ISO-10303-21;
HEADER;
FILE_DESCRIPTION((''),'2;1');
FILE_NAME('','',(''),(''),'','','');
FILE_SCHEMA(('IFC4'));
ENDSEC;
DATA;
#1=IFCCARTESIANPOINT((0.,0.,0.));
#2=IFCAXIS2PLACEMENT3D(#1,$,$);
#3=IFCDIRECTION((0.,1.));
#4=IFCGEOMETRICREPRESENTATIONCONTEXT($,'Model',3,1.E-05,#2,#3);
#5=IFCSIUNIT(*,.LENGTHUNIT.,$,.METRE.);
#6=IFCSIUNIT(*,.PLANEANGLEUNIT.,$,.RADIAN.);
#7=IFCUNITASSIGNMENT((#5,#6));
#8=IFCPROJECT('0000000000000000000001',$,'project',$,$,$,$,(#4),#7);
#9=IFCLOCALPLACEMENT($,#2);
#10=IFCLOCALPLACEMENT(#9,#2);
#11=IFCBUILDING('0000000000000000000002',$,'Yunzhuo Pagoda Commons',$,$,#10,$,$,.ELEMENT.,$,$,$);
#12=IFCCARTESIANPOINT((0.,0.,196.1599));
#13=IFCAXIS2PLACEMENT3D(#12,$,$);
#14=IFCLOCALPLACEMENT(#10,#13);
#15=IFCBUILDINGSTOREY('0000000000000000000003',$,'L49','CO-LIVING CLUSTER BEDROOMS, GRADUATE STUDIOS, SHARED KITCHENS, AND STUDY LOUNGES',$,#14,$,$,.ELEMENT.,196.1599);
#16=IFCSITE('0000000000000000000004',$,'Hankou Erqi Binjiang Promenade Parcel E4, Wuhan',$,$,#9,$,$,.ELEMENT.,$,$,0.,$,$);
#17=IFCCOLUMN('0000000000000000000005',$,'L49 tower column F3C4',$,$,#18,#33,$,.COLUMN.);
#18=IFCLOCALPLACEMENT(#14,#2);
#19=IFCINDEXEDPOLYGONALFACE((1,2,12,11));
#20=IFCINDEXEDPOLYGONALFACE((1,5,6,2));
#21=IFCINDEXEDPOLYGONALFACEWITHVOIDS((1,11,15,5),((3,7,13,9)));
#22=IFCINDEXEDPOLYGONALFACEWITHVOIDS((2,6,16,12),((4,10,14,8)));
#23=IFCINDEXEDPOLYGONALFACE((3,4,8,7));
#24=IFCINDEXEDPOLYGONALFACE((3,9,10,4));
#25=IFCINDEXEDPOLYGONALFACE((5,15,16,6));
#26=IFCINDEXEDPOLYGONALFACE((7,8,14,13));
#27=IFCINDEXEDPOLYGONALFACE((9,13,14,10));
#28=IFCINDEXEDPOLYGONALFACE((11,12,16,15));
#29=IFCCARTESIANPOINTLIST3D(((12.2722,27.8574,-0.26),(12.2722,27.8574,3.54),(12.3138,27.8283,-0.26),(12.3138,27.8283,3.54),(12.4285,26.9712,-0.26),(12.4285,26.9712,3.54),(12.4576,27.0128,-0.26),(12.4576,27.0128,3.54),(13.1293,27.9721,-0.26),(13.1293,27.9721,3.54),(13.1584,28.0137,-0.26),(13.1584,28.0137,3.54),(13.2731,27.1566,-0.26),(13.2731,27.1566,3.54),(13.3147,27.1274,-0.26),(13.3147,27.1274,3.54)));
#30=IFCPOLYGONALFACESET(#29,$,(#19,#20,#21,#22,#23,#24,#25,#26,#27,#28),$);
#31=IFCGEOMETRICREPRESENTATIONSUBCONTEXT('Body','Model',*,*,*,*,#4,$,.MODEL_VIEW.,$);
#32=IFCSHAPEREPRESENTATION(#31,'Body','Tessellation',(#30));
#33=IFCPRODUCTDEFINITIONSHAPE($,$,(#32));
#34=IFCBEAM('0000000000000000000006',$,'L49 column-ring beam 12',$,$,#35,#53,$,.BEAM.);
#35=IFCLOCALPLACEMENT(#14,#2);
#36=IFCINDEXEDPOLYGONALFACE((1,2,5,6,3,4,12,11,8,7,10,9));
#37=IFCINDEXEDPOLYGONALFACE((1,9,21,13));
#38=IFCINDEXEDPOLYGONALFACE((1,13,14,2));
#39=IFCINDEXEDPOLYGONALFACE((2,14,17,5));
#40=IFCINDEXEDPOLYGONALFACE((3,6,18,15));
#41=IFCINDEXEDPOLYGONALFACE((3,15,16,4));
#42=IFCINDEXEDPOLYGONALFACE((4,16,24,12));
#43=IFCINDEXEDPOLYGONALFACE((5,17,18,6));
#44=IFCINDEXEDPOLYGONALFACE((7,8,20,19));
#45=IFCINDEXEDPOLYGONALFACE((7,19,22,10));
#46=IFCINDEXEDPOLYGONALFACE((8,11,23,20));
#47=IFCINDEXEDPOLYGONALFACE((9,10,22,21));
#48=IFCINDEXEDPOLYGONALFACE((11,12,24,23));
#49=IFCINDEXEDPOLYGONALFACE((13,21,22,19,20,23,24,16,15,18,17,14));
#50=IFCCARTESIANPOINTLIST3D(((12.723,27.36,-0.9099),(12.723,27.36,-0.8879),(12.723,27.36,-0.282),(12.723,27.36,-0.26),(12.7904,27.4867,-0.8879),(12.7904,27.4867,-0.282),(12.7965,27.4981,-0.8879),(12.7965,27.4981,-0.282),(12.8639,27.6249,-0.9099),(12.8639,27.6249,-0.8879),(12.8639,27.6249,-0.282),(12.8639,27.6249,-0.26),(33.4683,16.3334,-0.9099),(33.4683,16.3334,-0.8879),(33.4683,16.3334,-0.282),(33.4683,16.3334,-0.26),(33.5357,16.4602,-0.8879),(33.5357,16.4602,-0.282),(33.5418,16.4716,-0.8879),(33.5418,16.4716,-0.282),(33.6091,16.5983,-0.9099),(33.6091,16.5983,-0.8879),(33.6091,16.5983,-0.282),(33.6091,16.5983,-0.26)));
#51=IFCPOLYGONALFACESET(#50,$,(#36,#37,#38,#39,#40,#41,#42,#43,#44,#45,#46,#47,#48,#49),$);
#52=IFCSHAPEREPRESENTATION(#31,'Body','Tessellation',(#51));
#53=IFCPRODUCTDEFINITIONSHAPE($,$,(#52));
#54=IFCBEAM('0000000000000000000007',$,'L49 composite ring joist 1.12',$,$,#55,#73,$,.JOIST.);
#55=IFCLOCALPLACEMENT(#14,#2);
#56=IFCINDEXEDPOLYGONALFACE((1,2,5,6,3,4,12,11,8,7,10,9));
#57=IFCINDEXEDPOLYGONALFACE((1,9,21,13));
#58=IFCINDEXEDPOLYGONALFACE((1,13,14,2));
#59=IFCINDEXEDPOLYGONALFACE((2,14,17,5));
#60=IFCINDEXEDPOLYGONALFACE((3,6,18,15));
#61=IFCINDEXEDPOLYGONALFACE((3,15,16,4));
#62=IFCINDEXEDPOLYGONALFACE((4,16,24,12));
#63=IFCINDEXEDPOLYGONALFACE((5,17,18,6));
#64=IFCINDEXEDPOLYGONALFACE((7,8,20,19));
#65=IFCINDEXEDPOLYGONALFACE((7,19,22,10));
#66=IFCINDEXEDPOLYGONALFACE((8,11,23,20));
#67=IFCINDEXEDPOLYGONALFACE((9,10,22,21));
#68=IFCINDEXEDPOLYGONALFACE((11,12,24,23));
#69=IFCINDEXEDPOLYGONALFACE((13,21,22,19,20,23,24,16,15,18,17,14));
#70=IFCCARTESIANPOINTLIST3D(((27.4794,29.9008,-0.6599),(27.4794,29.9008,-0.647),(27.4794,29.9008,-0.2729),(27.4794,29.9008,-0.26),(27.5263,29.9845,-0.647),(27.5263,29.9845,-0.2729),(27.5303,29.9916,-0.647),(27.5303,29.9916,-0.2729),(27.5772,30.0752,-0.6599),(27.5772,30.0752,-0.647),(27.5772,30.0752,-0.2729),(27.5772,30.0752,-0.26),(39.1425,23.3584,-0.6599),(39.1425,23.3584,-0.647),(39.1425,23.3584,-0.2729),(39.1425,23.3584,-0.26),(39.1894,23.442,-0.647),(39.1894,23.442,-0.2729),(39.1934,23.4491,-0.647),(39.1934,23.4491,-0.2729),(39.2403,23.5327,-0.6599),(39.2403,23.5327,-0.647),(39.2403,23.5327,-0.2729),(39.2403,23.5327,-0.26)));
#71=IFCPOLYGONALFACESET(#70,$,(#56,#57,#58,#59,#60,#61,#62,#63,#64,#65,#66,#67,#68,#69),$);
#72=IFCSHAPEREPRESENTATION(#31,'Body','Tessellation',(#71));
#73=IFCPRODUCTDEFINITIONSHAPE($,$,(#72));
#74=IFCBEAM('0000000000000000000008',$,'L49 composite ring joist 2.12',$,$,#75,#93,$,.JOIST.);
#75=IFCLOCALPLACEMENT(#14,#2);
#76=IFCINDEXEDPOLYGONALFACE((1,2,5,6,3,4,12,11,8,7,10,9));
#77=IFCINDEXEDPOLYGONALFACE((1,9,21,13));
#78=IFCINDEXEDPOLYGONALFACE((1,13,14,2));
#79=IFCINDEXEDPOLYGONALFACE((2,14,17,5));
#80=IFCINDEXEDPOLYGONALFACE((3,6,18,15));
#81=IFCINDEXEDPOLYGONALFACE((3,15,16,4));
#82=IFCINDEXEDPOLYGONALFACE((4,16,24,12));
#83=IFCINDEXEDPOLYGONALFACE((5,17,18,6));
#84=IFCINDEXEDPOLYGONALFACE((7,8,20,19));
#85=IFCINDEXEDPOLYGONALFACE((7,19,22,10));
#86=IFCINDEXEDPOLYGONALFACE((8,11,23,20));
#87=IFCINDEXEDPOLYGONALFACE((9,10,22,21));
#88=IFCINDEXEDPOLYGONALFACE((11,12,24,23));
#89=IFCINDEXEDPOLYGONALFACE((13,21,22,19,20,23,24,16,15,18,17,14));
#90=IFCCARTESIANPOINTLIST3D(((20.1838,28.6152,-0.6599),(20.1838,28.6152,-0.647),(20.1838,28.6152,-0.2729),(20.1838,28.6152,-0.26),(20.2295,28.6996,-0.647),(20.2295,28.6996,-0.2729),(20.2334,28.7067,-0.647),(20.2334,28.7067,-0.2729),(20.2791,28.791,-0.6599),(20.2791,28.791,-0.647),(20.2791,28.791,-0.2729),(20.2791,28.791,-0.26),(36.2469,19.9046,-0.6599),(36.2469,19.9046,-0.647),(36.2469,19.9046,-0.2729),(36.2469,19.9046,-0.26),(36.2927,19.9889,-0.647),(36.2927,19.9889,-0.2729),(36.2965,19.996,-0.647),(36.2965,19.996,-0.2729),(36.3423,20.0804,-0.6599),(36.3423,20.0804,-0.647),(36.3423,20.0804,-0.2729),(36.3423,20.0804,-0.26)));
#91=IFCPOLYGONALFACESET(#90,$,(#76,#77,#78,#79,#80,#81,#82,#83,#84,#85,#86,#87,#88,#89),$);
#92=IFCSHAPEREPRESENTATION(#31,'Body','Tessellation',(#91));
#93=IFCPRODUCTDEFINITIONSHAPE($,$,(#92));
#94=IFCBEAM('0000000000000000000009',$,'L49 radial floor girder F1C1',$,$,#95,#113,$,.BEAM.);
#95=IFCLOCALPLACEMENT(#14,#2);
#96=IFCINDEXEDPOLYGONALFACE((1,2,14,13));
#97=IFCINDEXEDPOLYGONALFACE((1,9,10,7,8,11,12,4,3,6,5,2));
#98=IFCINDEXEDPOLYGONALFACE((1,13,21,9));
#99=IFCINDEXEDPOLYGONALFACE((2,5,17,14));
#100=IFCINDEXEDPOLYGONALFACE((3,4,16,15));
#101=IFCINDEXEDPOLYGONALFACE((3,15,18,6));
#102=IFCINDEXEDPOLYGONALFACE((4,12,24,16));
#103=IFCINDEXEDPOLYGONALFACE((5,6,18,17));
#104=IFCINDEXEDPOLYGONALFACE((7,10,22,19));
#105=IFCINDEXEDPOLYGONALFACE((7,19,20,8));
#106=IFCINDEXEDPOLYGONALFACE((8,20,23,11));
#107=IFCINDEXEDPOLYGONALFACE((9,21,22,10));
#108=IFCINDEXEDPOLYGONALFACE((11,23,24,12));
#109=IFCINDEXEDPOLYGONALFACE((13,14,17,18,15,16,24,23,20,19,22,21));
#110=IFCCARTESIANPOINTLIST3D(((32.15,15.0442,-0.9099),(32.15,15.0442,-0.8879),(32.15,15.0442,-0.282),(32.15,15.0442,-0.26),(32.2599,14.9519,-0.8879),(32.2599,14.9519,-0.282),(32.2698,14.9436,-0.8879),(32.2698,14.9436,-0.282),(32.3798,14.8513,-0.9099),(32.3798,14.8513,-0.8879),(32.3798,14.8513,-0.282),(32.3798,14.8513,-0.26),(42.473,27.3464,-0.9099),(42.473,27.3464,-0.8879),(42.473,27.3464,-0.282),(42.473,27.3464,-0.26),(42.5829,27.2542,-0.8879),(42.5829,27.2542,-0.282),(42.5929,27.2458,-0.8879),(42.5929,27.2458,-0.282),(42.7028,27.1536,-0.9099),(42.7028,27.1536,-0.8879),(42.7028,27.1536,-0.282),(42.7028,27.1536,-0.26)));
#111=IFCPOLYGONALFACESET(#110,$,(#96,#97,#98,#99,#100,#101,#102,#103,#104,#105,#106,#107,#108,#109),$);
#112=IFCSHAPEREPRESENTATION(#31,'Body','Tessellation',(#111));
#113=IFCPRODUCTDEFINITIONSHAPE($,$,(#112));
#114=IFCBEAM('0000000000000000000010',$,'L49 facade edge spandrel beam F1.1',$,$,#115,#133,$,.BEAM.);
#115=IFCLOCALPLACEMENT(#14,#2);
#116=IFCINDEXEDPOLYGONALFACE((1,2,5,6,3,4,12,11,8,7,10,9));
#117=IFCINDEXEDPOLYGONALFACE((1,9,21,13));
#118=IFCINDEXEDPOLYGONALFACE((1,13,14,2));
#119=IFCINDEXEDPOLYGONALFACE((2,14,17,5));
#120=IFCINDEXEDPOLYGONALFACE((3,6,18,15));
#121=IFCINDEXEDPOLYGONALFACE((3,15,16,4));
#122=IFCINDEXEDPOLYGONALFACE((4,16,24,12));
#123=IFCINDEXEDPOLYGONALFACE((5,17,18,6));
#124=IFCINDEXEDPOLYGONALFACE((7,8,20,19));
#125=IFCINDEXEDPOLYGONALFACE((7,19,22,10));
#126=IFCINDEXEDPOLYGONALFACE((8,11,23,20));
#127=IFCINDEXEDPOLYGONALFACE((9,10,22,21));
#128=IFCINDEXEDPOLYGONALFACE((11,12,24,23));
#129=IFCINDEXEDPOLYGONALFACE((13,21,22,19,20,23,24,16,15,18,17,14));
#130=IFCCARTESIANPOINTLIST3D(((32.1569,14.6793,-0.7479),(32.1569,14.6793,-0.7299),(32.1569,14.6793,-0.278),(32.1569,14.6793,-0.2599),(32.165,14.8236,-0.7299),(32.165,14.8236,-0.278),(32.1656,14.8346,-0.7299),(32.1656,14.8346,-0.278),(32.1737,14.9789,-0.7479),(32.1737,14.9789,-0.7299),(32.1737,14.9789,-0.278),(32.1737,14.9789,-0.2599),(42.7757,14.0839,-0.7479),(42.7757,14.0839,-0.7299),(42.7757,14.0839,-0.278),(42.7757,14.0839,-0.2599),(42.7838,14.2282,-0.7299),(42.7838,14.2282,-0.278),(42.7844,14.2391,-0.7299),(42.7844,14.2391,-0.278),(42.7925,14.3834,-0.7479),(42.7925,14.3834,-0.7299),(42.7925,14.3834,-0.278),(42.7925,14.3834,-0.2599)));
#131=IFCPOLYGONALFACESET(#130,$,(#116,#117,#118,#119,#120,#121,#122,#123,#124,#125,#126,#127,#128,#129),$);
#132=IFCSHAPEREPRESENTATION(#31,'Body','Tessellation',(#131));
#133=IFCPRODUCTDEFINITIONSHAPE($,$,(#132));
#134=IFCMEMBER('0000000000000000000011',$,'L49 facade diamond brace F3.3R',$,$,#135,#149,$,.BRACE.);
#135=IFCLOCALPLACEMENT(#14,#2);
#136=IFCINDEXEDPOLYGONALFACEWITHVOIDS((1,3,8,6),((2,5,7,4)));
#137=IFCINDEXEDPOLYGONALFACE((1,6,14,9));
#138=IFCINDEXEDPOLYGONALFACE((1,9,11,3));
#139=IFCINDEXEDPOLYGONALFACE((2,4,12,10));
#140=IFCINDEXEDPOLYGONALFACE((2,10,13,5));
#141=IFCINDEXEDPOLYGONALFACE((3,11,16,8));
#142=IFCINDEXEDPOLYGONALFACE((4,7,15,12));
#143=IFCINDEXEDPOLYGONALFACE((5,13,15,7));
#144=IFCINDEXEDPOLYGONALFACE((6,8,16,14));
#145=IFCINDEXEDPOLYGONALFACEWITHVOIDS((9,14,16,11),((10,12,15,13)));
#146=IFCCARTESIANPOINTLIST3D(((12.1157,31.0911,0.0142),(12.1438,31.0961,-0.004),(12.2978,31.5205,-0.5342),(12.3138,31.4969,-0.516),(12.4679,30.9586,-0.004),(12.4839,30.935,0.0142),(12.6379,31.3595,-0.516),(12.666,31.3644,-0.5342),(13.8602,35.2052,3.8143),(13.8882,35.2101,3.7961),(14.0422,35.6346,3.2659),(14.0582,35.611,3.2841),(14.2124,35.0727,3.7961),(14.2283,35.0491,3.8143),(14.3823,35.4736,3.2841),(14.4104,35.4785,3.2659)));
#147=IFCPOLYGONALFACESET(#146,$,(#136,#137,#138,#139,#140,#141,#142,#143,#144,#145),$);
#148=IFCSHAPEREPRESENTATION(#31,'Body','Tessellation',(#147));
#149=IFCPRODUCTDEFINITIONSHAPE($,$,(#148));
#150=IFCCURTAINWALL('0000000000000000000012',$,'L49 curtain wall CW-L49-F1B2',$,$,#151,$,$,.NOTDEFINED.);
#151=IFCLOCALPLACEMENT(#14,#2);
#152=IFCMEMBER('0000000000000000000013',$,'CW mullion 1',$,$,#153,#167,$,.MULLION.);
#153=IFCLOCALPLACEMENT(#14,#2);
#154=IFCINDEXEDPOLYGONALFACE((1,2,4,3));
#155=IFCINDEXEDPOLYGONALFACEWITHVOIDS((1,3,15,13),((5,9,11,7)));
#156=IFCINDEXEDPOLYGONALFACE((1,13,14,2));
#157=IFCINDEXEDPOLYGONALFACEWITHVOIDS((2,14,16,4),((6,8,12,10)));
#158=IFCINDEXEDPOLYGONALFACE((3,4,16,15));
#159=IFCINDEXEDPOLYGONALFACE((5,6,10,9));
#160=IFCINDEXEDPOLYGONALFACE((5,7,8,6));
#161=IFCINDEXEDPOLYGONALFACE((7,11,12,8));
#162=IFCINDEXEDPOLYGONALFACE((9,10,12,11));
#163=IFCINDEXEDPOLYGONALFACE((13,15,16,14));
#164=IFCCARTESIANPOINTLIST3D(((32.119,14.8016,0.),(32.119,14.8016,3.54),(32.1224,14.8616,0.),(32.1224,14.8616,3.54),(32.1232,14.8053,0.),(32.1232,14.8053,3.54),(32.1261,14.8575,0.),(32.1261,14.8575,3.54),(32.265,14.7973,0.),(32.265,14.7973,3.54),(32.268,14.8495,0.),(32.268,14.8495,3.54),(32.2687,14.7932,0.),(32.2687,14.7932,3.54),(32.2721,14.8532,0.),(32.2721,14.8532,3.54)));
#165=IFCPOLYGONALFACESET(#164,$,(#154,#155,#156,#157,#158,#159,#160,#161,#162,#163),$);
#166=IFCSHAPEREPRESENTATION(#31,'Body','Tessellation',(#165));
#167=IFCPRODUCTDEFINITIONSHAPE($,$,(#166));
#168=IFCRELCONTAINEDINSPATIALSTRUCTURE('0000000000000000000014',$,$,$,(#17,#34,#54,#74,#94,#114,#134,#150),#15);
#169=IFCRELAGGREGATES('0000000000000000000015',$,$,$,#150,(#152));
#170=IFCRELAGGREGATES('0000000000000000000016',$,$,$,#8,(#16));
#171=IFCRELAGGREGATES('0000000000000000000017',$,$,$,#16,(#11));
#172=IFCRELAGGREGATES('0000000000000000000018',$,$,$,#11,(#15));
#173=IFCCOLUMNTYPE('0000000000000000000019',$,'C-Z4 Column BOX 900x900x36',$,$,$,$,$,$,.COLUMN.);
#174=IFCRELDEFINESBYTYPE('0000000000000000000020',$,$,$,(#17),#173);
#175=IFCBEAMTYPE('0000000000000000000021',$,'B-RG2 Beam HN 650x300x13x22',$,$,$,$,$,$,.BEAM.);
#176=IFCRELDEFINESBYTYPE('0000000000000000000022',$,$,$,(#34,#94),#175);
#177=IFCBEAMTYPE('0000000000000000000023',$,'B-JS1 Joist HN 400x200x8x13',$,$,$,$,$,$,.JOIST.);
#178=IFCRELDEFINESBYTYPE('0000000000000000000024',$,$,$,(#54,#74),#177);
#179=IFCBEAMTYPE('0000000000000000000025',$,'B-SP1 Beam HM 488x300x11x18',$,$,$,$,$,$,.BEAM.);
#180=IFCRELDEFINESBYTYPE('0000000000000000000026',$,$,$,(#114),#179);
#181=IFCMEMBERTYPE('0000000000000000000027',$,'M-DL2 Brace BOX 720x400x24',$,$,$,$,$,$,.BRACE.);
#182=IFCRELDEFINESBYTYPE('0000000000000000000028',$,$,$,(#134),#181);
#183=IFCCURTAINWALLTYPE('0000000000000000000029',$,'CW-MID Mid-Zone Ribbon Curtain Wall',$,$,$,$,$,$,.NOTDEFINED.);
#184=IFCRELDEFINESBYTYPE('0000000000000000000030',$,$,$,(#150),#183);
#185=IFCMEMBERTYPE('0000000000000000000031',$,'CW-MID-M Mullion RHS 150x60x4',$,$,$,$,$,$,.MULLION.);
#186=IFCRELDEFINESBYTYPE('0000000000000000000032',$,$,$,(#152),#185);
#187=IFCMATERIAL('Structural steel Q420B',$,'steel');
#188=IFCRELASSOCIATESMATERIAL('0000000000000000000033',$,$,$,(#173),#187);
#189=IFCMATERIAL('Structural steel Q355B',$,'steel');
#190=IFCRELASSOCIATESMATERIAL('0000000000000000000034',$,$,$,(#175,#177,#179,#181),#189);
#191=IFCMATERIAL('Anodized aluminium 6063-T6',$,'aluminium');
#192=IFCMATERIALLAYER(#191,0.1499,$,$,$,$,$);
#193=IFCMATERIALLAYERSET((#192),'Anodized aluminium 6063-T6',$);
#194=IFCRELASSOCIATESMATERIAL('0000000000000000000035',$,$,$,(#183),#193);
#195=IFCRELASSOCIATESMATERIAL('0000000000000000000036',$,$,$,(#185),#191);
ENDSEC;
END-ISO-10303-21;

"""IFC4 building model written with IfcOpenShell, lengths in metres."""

from ifc_helpers import new_model, si_unit, direction, frame, origin, origin_2d, place, context, subcontext, project, spatial, hollow_rectangle, i_section, extrude, source, transform, mapped, material, layer, layer_set, material_profile, profile_set, type_object, element, aggregate, save


model = new_model("IFC4")

# Units and contexts
model_context = context("Model", 3, precision=1e-05, world=origin(), true_north=direction((0.0, 1.0)))
body_context = subcontext(model_context, "Body", "Model", "MODEL_VIEW")
ifc_project = project(units=[si_unit("LENGTHUNIT", "METRE"), si_unit("PLANEANGLEUNIT", "RADIAN")], contexts=[model_context])

# Site, building, storey
site_placement = place(None, origin())
site = spatial("IfcSite", under=ifc_project, at=site_placement, Name="Hankou Erqi Binjiang Promenade Parcel E4, Wuhan", CompositionType="ELEMENT", RefElevation=0.0)
building_placement = place(site_placement, origin())
building = spatial("IfcBuilding", under=site, at=building_placement, Name="Yunzhuo Pagoda Commons", CompositionType="ELEMENT")
storey_placement = place(building_placement, frame((0.0, 0.0, 196.1599)))
storey = spatial("IfcBuildingStorey", under=building, at=storey_placement, Name="L49", Description="CO-LIVING CLUSTER BEDROOMS, GRADUATE STUDIOS, SHARED KITCHENS, AND STUDY LOUNGES", CompositionType="ELEMENT", Elevation=196.1599)

# Column
ifc_material_1 = material(Name="Structural steel Q420B", Category="steel")
ifc_material_profile_1 = material_profile(ifc_material_1, hollow_rectangle(XDim=0.8999, YDim=0.8999, WallThickness=0.0359, at=origin_2d()), Name="Structural steel Q420B")
ifc_profile_set_1 = profile_set([ifc_material_profile_1], Name="Structural steel Q420B")
column_type = type_object("IfcColumnType", Name="C-Z4 Column BOX 900x900x36", PredefinedType="COLUMN", material=ifc_profile_set_1)
shared_shape_1 = source(origin(), body_context, "Body", "SweptSolid", [
    extrude(hollow_rectangle(XDim=0.8999, YDim=0.8999, WallThickness=0.0359, at=origin_2d()), origin(), (0.0, 0.0, 1.0), 3.8),
])
column_placement = place(storey_placement, frame((12.7935, 27.4924, -0.26), z_axis=(0.0, 0.0, 1.0), x_axis=(0.173648, -0.984808, 0.0)))
element("IfcColumn", 1, at=column_placement, inside=storey, type_object=column_type, Name="L49 tower column F3C4", PredefinedType="COLUMN", context=body_context, shape_type="MappedRepresentation", body=[
    mapped(shared_shape_1, transform((0.0, 0.0, 0.0), scale=1.0)),
])

# Beams
ifc_material_2 = material(Name="Structural steel Q355B", Category="steel")
ifc_material_profile_2 = material_profile(ifc_material_2, i_section(OverallWidth=0.3, OverallDepth=0.6499, WebThickness=0.0129, FlangeThickness=0.022, at=origin_2d()), Name="Structural steel Q355B")
ifc_profile_set_2 = profile_set([ifc_material_profile_2], Name="Structural steel Q355B")
beam_type_1 = type_object("IfcBeamType", Name="B-RG2 Beam HN 650x300x13x22", PredefinedType="BEAM", material=ifc_profile_set_2)
shared_shape_2 = source(origin(), body_context, "Body", "SweptSolid", [
    extrude(i_section(OverallWidth=0.3, OverallDepth=0.6499, WebThickness=0.0129, FlangeThickness=0.022, at=origin_2d()), origin(), (0.0, 0.0, 1.0), 23.4937),
])
beam_1_placement = place(storey_placement, frame((12.7935, 27.4924, -0.585), z_axis=(0.883016, -0.469342, 0.0), x_axis=(0.469342, 0.883016, 0.0)))
element("IfcBeam", 2, at=beam_1_placement, inside=storey, type_object=beam_type_1, Name="L49 column-ring beam 12", PredefinedType="BEAM", context=body_context, shape_type="MappedRepresentation", body=[
    mapped(shared_shape_2, transform((0.0, 0.0, 0.0), scale=1.0)),
])
ifc_material_profile_3 = material_profile(ifc_material_2, i_section(OverallWidth=0.2, OverallDepth=0.3999, WebThickness=0.0081, FlangeThickness=0.0129, at=origin_2d()), Name="Structural steel Q355B")
ifc_profile_set_3 = profile_set([ifc_material_profile_3], Name="Structural steel Q355B")
beam_type_2 = type_object("IfcBeamType", Name="B-JS1 Joist HN 400x200x8x13", PredefinedType="JOIST", material=ifc_profile_set_3)
shared_shape_3 = source(origin(), body_context, "Body", "SweptSolid", [
    extrude(i_section(OverallWidth=0.2, OverallDepth=0.3999, WebThickness=0.0081, FlangeThickness=0.0129, at=origin_2d()), origin(), (0.0, 0.0, 1.0), 13.3728),
])
beam_2_placement = place(storey_placement, frame((27.5283, 29.988, -0.46), z_axis=(0.87215, -0.489238, 0.0), x_axis=(0.489238, 0.87215, 0.0)))
element("IfcBeam", 3, at=beam_2_placement, inside=storey, type_object=beam_type_2, Name="L49 composite ring joist 1.12", PredefinedType="JOIST", context=body_context, shape_type="MappedRepresentation", body=[
    mapped(shared_shape_3, transform((0.0, 0.0, 0.0), scale=1.0)),
])
shared_shape_4 = source(origin(), body_context, "Body", "SweptSolid", [
    extrude(i_section(OverallWidth=0.2, OverallDepth=0.3999, WebThickness=0.0081, FlangeThickness=0.0129, at=origin_2d()), origin(), (0.0, 0.0, 1.0), 18.2729),
])
beam_3_placement = place(storey_placement, frame((20.2314, 28.7031, -0.46), z_axis=(0.879068, -0.476697, 0.0), x_axis=(0.476697, 0.879068, 0.0)))
element("IfcBeam", 4, at=beam_3_placement, inside=storey, type_object=beam_type_2, Name="L49 composite ring joist 2.12", PredefinedType="JOIST", context=body_context, shape_type="MappedRepresentation", body=[
    mapped(shared_shape_4, transform((0.0, 0.0, 0.0), scale=1.0)),
])
shared_shape_5 = source(origin(), body_context, "Body", "SweptSolid", [
    extrude(i_section(OverallWidth=0.3, OverallDepth=0.6499, WebThickness=0.0129, FlangeThickness=0.022, at=origin_2d()), origin(), (0.0, 0.0, 1.0), 16.0596),
])
beam_4_placement = place(storey_placement, frame((32.2649, 14.9478, -0.585), z_axis=(0.642794, 0.766039, 0.0), x_axis=(-0.766039, 0.642794, 0.0)))
element("IfcBeam", 5, at=beam_4_placement, inside=storey, type_object=beam_type_1, Name="L49 radial floor girder F1C1", PredefinedType="BEAM", context=body_context, shape_type="MappedRepresentation", body=[
    mapped(shared_shape_5, transform((0.0, 0.0, 0.0), scale=1.0)),
])
ifc_material_profile_4 = material_profile(ifc_material_2, i_section(OverallWidth=0.3, OverallDepth=0.488, WebThickness=0.011, FlangeThickness=0.0181, at=origin_2d()), Name="Structural steel Q355B")
ifc_profile_set_4 = profile_set([ifc_material_profile_4], Name="Structural steel Q355B")
beam_type_3 = type_object("IfcBeamType", Name="B-SP1 Beam HM 488x300x11x18", PredefinedType="BEAM", material=ifc_profile_set_4)
shared_shape_6 = source(origin(), body_context, "Body", "SweptSolid", [
    extrude(i_section(OverallWidth=0.3, OverallDepth=0.488, WebThickness=0.011, FlangeThickness=0.0181, at=origin_2d()), origin(), (0.0, 0.0, 1.0), 10.6355),
])
beam_5_placement = place(storey_placement, frame((32.1653, 14.8291, -0.5039), z_axis=(0.998431, -0.055987, 0.0), x_axis=(0.055987, 0.998431, 0.0)))
element("IfcBeam", 6, at=beam_5_placement, inside=storey, type_object=beam_type_3, Name="L49 facade edge spandrel beam F1.1", PredefinedType="BEAM", context=body_context, shape_type="MappedRepresentation", body=[
    mapped(shared_shape_6, transform((0.0, 0.0, 0.0), scale=1.0)),
])

# Member
ifc_material_profile_5 = material_profile(ifc_material_2, hollow_rectangle(XDim=0.3999, YDim=0.72, WallThickness=0.0239, at=origin_2d()), Name="Structural steel Q355B")
ifc_profile_set_5 = profile_set([ifc_material_profile_5], Name="Structural steel Q355B")
member_type_1 = type_object("IfcMemberType", Name="M-DL2 Brace BOX 720x400x24", PredefinedType="BRACE", material=ifc_profile_set_5)
shared_shape_7 = source(origin(), body_context, "Body", "SweptSolid", [
    extrude(hollow_rectangle(XDim=0.3999, YDim=0.72, WallThickness=0.0239, at=origin_2d()), origin(), (0.0, 0.0, 1.0), 5.866),
])
member_1_placement = place(storey_placement, frame((12.3909, 31.2278, -0.26), z_axis=(0.297379, 0.701348, 0.647824), x_axis=(-0.920659, 0.390369, 0.0)))
element("IfcMember", 7, at=member_1_placement, inside=storey, type_object=member_type_1, Name="L49 facade diamond brace F3.3R", PredefinedType="BRACE", context=body_context, shape_type="MappedRepresentation", body=[
    mapped(shared_shape_7, transform((0.0, 0.0, 0.0), scale=1.0)),
])

# Curtain wall, member
ifc_material_3 = material(Name="Anodized aluminium 6063-T6", Category="aluminium")
ifc_layer_1 = layer(ifc_material_3, 0.1499)
ifc_layer_set_1 = layer_set([ifc_layer_1], Name="Anodized aluminium 6063-T6")
curtain_wall_type = type_object("IfcCurtainWallType", Name="CW-MID Mid-Zone Ribbon Curtain Wall", PredefinedType="NOTDEFINED", material=ifc_layer_set_1)
curtain_wall_1_placement = place(storey_placement, origin())
curtain_wall_1 = element("IfcCurtainWall", 8, at=curtain_wall_1_placement, inside=storey, type_object=curtain_wall_type, Name="L49 curtain wall CW-L49-F1B2", PredefinedType="NOTDEFINED")
ifc_material_profile_6 = material_profile(ifc_material_3, hollow_rectangle(XDim=0.0601, YDim=0.1499, WallThickness=0.0039, at=origin_2d()), Name="Anodized aluminium 6063-T6")
ifc_profile_set_6 = profile_set([ifc_material_profile_6], Name="Anodized aluminium 6063-T6")
member_type_2 = type_object("IfcMemberType", Name="CW-MID-M Mullion RHS 150x60x4", PredefinedType="MULLION", material=ifc_profile_set_6)
shared_shape_8 = source(origin(), body_context, "Body", "SweptSolid", [
    extrude(hollow_rectangle(XDim=0.0601, YDim=0.1499, WallThickness=0.0039, at=origin_2d()), origin(), (0.0, 0.0, 1.0), 3.54),
])
member_2_placement = place(storey_placement, frame((32.1956, 14.8274, 0.0), z_axis=(0.0, 0.0, 1.0), x_axis=(0.055983, 0.998432, 0.0)))
member_2 = element("IfcMember", 9, at=member_2_placement, type_object=member_type_2, Name="CW mullion 1", PredefinedType="MULLION", context=body_context, shape_type="MappedRepresentation", body=[
    mapped(shared_shape_8, transform((0.0, 0.0, 0.0), scale=1.0)),
])

aggregate(curtain_wall_1, [member_2])

save(model, "model.ifc")
